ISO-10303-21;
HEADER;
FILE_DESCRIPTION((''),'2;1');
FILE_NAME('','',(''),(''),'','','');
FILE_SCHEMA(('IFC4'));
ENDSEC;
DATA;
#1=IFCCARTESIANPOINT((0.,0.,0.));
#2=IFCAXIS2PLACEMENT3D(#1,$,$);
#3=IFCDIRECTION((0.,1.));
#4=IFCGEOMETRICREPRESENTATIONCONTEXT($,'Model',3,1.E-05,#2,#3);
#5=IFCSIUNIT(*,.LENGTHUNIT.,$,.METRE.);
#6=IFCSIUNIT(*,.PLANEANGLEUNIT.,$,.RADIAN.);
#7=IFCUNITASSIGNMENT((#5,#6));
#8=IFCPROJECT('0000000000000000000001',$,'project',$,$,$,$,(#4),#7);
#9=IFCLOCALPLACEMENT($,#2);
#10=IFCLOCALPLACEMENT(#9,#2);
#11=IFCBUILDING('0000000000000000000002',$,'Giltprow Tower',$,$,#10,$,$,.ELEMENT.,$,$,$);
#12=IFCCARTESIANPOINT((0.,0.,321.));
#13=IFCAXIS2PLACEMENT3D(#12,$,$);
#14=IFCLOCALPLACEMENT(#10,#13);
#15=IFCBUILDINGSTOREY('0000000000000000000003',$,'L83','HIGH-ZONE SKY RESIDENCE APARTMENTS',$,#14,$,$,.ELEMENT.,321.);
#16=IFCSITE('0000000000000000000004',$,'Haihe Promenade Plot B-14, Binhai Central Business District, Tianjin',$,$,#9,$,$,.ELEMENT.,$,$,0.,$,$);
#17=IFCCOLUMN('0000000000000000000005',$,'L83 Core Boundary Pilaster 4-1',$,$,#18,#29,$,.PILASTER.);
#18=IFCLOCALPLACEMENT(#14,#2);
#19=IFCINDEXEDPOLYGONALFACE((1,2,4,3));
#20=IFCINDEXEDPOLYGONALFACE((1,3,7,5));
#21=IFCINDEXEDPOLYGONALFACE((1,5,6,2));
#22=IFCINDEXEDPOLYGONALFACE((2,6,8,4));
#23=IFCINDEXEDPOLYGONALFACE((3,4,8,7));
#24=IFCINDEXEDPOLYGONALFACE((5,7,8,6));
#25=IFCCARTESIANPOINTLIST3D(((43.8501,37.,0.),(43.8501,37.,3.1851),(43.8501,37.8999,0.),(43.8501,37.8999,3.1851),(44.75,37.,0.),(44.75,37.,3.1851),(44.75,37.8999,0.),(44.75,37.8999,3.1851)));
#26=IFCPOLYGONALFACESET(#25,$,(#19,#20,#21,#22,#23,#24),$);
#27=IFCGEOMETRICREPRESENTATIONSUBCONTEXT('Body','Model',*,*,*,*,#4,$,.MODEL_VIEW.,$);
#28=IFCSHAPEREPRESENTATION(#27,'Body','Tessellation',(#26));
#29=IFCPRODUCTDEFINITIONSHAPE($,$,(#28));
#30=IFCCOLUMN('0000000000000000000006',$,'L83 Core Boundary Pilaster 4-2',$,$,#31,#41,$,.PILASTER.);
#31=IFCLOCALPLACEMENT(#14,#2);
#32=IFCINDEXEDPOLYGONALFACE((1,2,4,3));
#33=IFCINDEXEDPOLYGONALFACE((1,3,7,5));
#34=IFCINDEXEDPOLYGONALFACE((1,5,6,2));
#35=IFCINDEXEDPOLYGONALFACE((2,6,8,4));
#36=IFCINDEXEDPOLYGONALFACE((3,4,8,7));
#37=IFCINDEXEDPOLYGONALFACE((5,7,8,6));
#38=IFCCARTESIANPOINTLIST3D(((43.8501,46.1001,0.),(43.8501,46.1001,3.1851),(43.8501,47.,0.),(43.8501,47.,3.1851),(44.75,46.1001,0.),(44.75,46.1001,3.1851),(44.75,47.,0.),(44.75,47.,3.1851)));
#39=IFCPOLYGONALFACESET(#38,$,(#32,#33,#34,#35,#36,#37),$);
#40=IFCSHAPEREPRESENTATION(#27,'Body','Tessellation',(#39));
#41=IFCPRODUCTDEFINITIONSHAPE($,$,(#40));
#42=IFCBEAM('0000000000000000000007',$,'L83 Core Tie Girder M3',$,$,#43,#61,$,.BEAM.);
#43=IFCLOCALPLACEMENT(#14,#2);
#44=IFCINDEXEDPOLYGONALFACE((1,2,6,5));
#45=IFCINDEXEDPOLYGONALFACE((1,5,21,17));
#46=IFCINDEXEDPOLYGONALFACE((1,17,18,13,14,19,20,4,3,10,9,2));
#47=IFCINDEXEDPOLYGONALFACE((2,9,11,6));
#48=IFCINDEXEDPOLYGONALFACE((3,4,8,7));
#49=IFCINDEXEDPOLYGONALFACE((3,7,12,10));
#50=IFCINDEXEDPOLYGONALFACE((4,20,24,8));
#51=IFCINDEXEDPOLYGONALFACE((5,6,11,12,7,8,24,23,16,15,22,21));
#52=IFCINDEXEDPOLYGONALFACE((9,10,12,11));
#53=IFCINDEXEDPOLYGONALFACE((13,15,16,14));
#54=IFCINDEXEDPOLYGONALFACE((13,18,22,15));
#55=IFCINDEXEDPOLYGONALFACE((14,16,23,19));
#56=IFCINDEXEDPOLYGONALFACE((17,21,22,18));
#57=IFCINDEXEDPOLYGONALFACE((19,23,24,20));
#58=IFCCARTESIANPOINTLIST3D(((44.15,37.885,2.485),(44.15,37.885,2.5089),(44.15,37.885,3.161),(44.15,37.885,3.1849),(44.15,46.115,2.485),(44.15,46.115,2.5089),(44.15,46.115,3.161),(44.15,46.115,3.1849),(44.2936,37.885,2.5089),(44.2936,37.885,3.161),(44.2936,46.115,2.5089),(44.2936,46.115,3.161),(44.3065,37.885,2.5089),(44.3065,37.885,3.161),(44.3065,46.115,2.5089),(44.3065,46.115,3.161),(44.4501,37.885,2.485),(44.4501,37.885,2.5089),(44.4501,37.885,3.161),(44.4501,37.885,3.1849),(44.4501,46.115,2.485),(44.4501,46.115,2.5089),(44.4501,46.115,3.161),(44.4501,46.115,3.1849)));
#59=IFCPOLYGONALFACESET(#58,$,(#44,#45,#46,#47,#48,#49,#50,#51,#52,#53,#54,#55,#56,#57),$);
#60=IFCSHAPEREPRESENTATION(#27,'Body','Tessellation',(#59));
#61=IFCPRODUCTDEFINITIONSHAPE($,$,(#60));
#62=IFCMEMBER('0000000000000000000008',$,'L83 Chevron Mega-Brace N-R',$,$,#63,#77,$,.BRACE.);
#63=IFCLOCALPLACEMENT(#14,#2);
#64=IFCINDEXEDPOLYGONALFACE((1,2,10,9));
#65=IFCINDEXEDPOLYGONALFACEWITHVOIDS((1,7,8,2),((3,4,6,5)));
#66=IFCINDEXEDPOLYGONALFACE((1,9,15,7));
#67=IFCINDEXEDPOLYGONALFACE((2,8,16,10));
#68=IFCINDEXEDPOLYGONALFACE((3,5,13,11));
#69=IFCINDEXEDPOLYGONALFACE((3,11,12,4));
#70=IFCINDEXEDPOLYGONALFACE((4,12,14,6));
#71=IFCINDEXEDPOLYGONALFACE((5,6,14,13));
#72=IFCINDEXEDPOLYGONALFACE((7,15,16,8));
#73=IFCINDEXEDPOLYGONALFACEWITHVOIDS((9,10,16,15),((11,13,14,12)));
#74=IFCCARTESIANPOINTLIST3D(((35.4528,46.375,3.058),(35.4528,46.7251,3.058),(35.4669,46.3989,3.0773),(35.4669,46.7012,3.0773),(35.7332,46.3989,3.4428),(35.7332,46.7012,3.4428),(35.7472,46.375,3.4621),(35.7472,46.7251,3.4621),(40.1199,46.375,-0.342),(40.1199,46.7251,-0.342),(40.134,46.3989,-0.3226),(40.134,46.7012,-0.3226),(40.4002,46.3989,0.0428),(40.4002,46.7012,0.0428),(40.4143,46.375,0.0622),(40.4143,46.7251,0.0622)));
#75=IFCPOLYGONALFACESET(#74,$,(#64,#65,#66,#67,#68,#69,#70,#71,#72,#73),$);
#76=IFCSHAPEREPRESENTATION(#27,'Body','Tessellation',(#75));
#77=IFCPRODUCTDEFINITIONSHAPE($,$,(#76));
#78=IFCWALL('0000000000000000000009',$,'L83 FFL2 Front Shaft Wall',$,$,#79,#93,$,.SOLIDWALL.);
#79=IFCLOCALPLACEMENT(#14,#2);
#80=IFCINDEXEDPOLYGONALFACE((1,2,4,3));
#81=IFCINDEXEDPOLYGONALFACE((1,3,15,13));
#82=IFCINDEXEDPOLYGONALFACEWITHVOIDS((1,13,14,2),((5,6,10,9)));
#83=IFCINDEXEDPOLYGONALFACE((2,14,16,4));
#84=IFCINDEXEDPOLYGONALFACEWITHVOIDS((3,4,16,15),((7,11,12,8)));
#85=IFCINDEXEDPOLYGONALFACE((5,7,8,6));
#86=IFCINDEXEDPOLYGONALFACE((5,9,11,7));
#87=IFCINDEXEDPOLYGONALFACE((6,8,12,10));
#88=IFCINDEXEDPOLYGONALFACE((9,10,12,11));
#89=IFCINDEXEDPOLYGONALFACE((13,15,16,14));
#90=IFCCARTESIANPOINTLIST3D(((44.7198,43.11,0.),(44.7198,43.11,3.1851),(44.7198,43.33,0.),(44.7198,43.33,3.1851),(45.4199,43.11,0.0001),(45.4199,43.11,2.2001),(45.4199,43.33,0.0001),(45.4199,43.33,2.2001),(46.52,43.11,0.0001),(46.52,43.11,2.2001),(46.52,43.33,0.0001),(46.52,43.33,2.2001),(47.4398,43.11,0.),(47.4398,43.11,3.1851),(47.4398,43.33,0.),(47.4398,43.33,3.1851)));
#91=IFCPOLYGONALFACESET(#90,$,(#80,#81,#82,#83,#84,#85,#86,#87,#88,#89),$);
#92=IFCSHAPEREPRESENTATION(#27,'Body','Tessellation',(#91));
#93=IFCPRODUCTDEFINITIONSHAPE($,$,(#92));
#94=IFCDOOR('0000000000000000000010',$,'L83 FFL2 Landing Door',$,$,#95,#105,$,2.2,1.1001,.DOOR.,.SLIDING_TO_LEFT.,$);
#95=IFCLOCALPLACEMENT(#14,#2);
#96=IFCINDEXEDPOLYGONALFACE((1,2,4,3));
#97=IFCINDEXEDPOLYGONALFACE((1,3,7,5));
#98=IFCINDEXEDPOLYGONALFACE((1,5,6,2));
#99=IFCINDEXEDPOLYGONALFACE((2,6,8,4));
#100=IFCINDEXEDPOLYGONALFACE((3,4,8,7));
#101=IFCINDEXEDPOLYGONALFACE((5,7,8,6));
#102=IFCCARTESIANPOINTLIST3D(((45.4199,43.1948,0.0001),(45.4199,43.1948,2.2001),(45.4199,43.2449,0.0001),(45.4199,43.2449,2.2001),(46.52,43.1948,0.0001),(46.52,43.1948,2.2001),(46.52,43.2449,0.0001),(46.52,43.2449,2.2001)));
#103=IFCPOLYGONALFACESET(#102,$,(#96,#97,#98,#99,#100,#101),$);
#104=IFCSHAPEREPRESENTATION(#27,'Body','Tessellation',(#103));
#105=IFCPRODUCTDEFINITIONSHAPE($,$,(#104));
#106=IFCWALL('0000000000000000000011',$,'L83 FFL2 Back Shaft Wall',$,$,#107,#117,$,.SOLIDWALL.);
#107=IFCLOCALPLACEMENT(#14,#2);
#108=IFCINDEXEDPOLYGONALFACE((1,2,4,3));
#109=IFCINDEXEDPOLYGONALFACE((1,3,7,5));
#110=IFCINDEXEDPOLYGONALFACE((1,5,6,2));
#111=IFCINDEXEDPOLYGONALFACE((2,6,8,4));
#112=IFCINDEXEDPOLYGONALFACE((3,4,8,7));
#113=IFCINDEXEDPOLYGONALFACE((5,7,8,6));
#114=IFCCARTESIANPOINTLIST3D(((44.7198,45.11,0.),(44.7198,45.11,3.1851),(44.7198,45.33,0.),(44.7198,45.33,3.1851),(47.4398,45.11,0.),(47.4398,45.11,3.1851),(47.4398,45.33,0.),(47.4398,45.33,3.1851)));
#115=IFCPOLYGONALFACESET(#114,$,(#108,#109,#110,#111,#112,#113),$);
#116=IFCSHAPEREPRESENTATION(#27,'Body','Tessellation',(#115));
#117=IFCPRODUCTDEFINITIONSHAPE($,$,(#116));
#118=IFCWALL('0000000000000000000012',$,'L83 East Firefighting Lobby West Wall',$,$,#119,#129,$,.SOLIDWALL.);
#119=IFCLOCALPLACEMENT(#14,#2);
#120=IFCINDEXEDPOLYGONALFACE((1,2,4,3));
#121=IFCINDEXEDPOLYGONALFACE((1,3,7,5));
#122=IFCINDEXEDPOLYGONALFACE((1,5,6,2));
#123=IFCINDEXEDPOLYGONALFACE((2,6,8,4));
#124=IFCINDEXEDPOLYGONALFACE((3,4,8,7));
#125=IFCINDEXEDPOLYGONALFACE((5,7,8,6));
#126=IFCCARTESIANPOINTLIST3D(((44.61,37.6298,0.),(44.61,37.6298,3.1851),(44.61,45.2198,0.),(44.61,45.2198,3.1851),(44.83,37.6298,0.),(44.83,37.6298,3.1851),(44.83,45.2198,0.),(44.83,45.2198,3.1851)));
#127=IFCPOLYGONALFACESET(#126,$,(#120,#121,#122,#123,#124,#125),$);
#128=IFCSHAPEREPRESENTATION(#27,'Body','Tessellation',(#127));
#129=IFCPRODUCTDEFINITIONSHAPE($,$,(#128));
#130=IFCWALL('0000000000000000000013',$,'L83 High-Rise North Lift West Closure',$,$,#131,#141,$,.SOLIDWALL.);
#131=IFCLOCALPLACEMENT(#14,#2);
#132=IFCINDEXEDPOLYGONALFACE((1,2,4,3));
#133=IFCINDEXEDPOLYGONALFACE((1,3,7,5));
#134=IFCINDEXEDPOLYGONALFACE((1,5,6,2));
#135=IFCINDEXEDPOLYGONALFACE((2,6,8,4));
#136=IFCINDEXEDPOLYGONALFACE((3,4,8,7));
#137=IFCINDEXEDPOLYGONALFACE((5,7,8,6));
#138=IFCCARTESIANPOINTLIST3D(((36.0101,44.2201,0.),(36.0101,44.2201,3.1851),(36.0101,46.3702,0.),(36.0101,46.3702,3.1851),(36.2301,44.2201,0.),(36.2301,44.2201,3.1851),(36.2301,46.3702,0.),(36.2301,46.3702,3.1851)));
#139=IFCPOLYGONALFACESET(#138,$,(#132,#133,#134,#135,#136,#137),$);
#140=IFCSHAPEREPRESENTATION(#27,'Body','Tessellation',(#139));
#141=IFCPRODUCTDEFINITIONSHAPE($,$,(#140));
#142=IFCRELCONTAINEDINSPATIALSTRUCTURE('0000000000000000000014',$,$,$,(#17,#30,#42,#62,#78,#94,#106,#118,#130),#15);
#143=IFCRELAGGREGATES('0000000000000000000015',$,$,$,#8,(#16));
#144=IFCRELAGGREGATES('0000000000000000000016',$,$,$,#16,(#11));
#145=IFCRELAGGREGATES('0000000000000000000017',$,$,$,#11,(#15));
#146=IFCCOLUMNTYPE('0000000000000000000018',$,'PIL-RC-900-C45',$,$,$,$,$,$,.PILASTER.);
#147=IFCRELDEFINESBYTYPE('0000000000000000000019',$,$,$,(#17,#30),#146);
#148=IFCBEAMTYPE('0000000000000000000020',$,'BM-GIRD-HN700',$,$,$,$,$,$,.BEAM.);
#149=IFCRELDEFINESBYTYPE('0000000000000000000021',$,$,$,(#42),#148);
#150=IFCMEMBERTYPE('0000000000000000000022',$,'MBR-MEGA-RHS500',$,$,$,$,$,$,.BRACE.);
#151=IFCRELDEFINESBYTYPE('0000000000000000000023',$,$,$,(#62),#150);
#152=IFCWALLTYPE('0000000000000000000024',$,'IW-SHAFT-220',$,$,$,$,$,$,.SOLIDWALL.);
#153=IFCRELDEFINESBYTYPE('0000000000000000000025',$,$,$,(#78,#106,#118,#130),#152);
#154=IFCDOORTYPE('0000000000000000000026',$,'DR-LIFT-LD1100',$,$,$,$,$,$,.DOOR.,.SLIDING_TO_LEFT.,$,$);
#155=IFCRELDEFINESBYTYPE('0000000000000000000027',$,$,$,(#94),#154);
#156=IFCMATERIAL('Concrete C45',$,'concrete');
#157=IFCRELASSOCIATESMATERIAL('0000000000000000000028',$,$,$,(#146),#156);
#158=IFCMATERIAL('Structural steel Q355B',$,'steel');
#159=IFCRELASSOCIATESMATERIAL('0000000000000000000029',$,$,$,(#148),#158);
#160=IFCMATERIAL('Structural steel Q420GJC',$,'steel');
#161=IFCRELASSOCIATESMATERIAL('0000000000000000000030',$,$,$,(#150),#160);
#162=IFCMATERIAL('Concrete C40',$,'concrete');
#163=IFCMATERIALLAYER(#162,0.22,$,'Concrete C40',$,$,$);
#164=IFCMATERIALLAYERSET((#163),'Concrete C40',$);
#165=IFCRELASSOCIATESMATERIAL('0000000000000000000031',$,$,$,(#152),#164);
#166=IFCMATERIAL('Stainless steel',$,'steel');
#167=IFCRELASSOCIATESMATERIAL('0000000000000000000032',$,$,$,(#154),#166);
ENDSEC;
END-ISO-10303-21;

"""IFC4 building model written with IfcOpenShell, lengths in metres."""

from ifc_helpers import new_model, si_unit, direction, frame, frame_2d, origin, origin_2d, place, context, subcontext, project, spatial, rectangle, hollow_rectangle, i_section, extrude, source, transform, mapped, material, layer, layer_set, material_profile, profile_set, type_object, element, fill, save


model = new_model("IFC4")

# Units and contexts
model_context = context("Model", 3, precision=1e-05, world=origin(), true_north=direction((0.0, 1.0)))
body_context = subcontext(model_context, "Body", "Model", "MODEL_VIEW")
ifc_project = project(units=[si_unit("LENGTHUNIT", "METRE"), si_unit("PLANEANGLEUNIT", "RADIAN")], contexts=[model_context])

# Site, building, storey
site_placement = place(None, origin())
site = spatial("IfcSite", under=ifc_project, at=site_placement, Name="Haihe Promenade Plot B-14, Binhai Central Business District, Tianjin", CompositionType="ELEMENT", RefElevation=0.0)
building_placement = place(site_placement, origin())
building = spatial("IfcBuilding", under=site, at=building_placement, Name="Giltprow Tower", CompositionType="ELEMENT")
storey_placement = place(building_placement, frame((0.0, 0.0, 321.0)))
storey = spatial("IfcBuildingStorey", under=building, at=storey_placement, Name="L83", Description="HIGH-ZONE SKY RESIDENCE APARTMENTS", CompositionType="ELEMENT", Elevation=321.0)

# Columns
ifc_material_1 = material(Name="Concrete C45", Category="concrete")
ifc_material_profile_1 = material_profile(ifc_material_1, rectangle(XDim=0.8999, YDim=0.8999, at=origin_2d()), Name="RC 900x900")
ifc_profile_set_1 = profile_set([ifc_material_profile_1], Name="Concrete C45")
column_type = type_object("IfcColumnType", Name="PIL-RC-900-C45", PredefinedType="PILASTER", material=ifc_profile_set_1)
shared_shape_1 = source(origin(), body_context, "Body", "SweptSolid", [
    extrude(rectangle(XDim=0.8999, YDim=0.8999, at=origin_2d()), origin(), (0.0, 0.0, 1.0), 3.1851),
])
for number, where, z_axis, x_axis, name in (
    (1, (44.3, 37.45, 0.0), (0.0, 0.0, 1.0), (1.0, 0.0, 0.0), "L83 Core Boundary Pilaster 4-1"),
    (2, (44.3, 46.55, 0.0), (0.0, 0.0, 1.0), (1.0, 0.0, 0.0), "L83 Core Boundary Pilaster 4-2"),
):
    element("IfcColumn", number, at=place(storey_placement, frame(where, z_axis=z_axis, x_axis=x_axis)), inside=storey, type_object=column_type, Name=name, PredefinedType="PILASTER", context=body_context, shape_type="MappedRepresentation", body=[
        mapped(shared_shape_1, transform((0.0, 0.0, 0.0), x_axis=(1.0, 0.0, 0.0), y_axis=(0.0, 1.0, 0.0), z_axis=(0.0, 0.0, 1.0), scale=1.0)),
    ])

# Beam
ifc_material_2 = material(Name="Structural steel Q355B", Category="steel")
ifc_material_profile_2 = material_profile(ifc_material_2, i_section(OverallWidth=0.3, OverallDepth=0.7, WebThickness=0.0129, FlangeThickness=0.0239, at=origin_2d()), Name="HN 700x300x13x24")
ifc_profile_set_2 = profile_set([ifc_material_profile_2], Name="Structural steel Q355B")
beam_type = type_object("IfcBeamType", Name="BM-GIRD-HN700", PredefinedType="BEAM", material=ifc_profile_set_2)
shared_shape_2 = source(origin(), body_context, "Body", "SweptSolid", [
    extrude(i_section(OverallWidth=0.3, OverallDepth=0.7, WebThickness=0.0129, FlangeThickness=0.0239, at=origin_2d()), origin(), (0.0, 0.0, 1.0), 8.23),
])
beam_placement = place(storey_placement, frame((44.3, 37.885, 2.835), z_axis=(0.0, 1.0, 0.0), x_axis=(-1.0, 0.0, 0.0)))
element("IfcBeam", 3, at=beam_placement, inside=storey, type_object=beam_type, Name="L83 Core Tie Girder M3", PredefinedType="BEAM", context=body_context, shape_type="MappedRepresentation", body=[
    mapped(shared_shape_2, transform((0.0, 0.0, 0.0), x_axis=(1.0, 0.0, 0.0), y_axis=(0.0, 1.0, 0.0), z_axis=(0.0, 0.0, 1.0), scale=1.0)),
])

# Member
ifc_material_3 = material(Name="Structural steel Q420GJC", Category="steel")
ifc_material_profile_3 = material_profile(ifc_material_3, hollow_rectangle(XDim=0.3501, YDim=0.5, WallThickness=0.0239, at=origin_2d()), Name="RHS 500x350x24")
ifc_profile_set_3 = profile_set([ifc_material_profile_3], Name="Structural steel Q420GJC")
member_type = type_object("IfcMemberType", Name="MBR-MEGA-RHS500", PredefinedType="BRACE", material=ifc_profile_set_3)
shared_shape_3 = source(origin(), body_context, "Body", "SweptSolid", [
    extrude(hollow_rectangle(XDim=0.3501, YDim=0.5, WallThickness=0.0239, at=origin_2d()), origin(), (0.0, 0.0, 1.0), 5.7742),
])
member_placement = place(storey_placement, frame((40.2671, 46.55, -0.1399), z_axis=(-0.808264, 0.0, 0.58882), x_axis=(0.0, -1.0, 0.0)))
element("IfcMember", 4, at=member_placement, inside=storey, type_object=member_type, Name="L83 Chevron Mega-Brace N-R", PredefinedType="BRACE", context=body_context, shape_type="MappedRepresentation", body=[
    mapped(shared_shape_3, transform((0.0, 0.0, 0.0), x_axis=(1.0, 0.0, 0.0), y_axis=(0.0, 1.0, 0.0), z_axis=(0.0, 0.0, 1.0), scale=1.0)),
])

# Wall, opening, door
ifc_material_4 = material(Name="Concrete C40", Category="concrete")
ifc_layer_1 = layer(ifc_material_4, 0.22, Name="Concrete C40")
ifc_layer_set_1 = layer_set([ifc_layer_1], Name="Concrete C40")
wall_type_1 = type_object("IfcWallType", Name="IW-SHAFT-220", PredefinedType="SOLIDWALL", material=ifc_layer_set_1)
wall_1_placement = place(storey_placement, frame((44.72, 43.22, 0.0), z_axis=(0.0, 0.0, 1.0), x_axis=(1.0, 0.0, 0.0)))
wall_1 = element("IfcWall", 5, at=wall_1_placement, inside=storey, type_object=wall_type_1, Name="L83 FFL2 Front Shaft Wall", PredefinedType="SOLIDWALL", context=body_context, shape_type="SweptSolid", body=[
    extrude(rectangle(XDim=2.72, YDim=0.22, at=frame_2d((1.3599, 0.0))), origin(), (0.0, 0.0, 1.0), 3.1851),
])
opening_1_placement = place(wall_1_placement, frame((0.7, 0.0, 0.0)))
opening_1 = element("IfcOpeningElement", 6, at=opening_1_placement, cuts=wall_1, PredefinedType="OPENING", context=body_context, shape_type="SweptSolid", body=[
    extrude(rectangle(XDim=1.1001, YDim=2.2, at=frame_2d((0.55, 1.1001))), frame((0.0, 0.1199, 0.0), z_axis=(0.0, -1.0, 0.0), x_axis=(1.0, 0.0, 0.0)), (0.0, 0.0, 1.0), 0.24),
])
ifc_material_5 = material(Name="Stainless steel", Category="steel")
door_type_1 = type_object("IfcDoorType", Name="DR-LIFT-LD1100", OperationType="SLIDING_TO_LEFT", PredefinedType="DOOR", material=ifc_material_5)
shared_shape_4 = source(origin(), body_context, "Body", "SweptSolid", [
    extrude(rectangle(XDim=1.1001, YDim=2.2, at=frame_2d((0.55, 1.1001))), frame((0.0, 0.0249, 0.0), z_axis=(0.0, -1.0, 0.0), x_axis=(1.0, 0.0, 0.0)), (0.0, 0.0, 1.0), 0.05),
])
door_1_placement = place(opening_1_placement, origin())
door_1 = element("IfcDoor", 7, at=door_1_placement, inside=storey, type_object=door_type_1, Name="L83 FFL2 Landing Door", OperationType="SLIDING_TO_LEFT", OverallHeight=2.2, OverallWidth=1.1001, PredefinedType="DOOR", context=body_context, shape_type="MappedRepresentation", body=[
    mapped(shared_shape_4, transform((0.0, 0.0, 0.0), x_axis=(1.0, 0.0, 0.0), y_axis=(0.0, 1.0, 0.0), z_axis=(0.0, 0.0, 1.0), scale=1.0)),
])
fill(opening_1, door_1)

# Walls
wall_2_placement = place(storey_placement, frame((44.72, 45.22, 0.0), z_axis=(0.0, 0.0, 1.0), x_axis=(1.0, 0.0, 0.0)))
element("IfcWall", 8, at=wall_2_placement, inside=storey, type_object=wall_type_1, Name="L83 FFL2 Back Shaft Wall", PredefinedType="SOLIDWALL", context=body_context, shape_type="SweptSolid", body=[
    extrude(rectangle(XDim=2.72, YDim=0.22, at=frame_2d((1.3599, 0.0))), origin(), (0.0, 0.0, 1.0), 3.1851),
])
wall_3_placement = place(storey_placement, frame((44.72, 37.6299, 0.0), z_axis=(0.0, 0.0, 1.0), x_axis=(0.0, 1.0, 0.0)))
element("IfcWall", 9, at=wall_3_placement, inside=storey, type_object=wall_type_1, Name="L83 East Firefighting Lobby West Wall", PredefinedType="SOLIDWALL", context=body_context, shape_type="SweptSolid", body=[
    extrude(rectangle(XDim=7.5901, YDim=0.22, at=frame_2d((3.7949, 0.0))), origin(), (0.0, 0.0, 1.0), 3.1851),
])
wall_4_placement = place(storey_placement, frame((36.1201, 44.22, 0.0), z_axis=(0.0, 0.0, 1.0), x_axis=(0.0, 1.0, 0.0)))
element("IfcWall", 10, at=wall_4_placement, inside=storey, type_object=wall_type_1, Name="L83 High-Rise North Lift West Closure", PredefinedType="SOLIDWALL", context=body_context, shape_type="SweptSolid", body=[
    extrude(rectangle(XDim=2.1501, YDim=0.22, at=frame_2d((1.0752, 0.0))), origin(), (0.0, 0.0, 1.0), 3.1851),
])

save(model, "model.ifc")
